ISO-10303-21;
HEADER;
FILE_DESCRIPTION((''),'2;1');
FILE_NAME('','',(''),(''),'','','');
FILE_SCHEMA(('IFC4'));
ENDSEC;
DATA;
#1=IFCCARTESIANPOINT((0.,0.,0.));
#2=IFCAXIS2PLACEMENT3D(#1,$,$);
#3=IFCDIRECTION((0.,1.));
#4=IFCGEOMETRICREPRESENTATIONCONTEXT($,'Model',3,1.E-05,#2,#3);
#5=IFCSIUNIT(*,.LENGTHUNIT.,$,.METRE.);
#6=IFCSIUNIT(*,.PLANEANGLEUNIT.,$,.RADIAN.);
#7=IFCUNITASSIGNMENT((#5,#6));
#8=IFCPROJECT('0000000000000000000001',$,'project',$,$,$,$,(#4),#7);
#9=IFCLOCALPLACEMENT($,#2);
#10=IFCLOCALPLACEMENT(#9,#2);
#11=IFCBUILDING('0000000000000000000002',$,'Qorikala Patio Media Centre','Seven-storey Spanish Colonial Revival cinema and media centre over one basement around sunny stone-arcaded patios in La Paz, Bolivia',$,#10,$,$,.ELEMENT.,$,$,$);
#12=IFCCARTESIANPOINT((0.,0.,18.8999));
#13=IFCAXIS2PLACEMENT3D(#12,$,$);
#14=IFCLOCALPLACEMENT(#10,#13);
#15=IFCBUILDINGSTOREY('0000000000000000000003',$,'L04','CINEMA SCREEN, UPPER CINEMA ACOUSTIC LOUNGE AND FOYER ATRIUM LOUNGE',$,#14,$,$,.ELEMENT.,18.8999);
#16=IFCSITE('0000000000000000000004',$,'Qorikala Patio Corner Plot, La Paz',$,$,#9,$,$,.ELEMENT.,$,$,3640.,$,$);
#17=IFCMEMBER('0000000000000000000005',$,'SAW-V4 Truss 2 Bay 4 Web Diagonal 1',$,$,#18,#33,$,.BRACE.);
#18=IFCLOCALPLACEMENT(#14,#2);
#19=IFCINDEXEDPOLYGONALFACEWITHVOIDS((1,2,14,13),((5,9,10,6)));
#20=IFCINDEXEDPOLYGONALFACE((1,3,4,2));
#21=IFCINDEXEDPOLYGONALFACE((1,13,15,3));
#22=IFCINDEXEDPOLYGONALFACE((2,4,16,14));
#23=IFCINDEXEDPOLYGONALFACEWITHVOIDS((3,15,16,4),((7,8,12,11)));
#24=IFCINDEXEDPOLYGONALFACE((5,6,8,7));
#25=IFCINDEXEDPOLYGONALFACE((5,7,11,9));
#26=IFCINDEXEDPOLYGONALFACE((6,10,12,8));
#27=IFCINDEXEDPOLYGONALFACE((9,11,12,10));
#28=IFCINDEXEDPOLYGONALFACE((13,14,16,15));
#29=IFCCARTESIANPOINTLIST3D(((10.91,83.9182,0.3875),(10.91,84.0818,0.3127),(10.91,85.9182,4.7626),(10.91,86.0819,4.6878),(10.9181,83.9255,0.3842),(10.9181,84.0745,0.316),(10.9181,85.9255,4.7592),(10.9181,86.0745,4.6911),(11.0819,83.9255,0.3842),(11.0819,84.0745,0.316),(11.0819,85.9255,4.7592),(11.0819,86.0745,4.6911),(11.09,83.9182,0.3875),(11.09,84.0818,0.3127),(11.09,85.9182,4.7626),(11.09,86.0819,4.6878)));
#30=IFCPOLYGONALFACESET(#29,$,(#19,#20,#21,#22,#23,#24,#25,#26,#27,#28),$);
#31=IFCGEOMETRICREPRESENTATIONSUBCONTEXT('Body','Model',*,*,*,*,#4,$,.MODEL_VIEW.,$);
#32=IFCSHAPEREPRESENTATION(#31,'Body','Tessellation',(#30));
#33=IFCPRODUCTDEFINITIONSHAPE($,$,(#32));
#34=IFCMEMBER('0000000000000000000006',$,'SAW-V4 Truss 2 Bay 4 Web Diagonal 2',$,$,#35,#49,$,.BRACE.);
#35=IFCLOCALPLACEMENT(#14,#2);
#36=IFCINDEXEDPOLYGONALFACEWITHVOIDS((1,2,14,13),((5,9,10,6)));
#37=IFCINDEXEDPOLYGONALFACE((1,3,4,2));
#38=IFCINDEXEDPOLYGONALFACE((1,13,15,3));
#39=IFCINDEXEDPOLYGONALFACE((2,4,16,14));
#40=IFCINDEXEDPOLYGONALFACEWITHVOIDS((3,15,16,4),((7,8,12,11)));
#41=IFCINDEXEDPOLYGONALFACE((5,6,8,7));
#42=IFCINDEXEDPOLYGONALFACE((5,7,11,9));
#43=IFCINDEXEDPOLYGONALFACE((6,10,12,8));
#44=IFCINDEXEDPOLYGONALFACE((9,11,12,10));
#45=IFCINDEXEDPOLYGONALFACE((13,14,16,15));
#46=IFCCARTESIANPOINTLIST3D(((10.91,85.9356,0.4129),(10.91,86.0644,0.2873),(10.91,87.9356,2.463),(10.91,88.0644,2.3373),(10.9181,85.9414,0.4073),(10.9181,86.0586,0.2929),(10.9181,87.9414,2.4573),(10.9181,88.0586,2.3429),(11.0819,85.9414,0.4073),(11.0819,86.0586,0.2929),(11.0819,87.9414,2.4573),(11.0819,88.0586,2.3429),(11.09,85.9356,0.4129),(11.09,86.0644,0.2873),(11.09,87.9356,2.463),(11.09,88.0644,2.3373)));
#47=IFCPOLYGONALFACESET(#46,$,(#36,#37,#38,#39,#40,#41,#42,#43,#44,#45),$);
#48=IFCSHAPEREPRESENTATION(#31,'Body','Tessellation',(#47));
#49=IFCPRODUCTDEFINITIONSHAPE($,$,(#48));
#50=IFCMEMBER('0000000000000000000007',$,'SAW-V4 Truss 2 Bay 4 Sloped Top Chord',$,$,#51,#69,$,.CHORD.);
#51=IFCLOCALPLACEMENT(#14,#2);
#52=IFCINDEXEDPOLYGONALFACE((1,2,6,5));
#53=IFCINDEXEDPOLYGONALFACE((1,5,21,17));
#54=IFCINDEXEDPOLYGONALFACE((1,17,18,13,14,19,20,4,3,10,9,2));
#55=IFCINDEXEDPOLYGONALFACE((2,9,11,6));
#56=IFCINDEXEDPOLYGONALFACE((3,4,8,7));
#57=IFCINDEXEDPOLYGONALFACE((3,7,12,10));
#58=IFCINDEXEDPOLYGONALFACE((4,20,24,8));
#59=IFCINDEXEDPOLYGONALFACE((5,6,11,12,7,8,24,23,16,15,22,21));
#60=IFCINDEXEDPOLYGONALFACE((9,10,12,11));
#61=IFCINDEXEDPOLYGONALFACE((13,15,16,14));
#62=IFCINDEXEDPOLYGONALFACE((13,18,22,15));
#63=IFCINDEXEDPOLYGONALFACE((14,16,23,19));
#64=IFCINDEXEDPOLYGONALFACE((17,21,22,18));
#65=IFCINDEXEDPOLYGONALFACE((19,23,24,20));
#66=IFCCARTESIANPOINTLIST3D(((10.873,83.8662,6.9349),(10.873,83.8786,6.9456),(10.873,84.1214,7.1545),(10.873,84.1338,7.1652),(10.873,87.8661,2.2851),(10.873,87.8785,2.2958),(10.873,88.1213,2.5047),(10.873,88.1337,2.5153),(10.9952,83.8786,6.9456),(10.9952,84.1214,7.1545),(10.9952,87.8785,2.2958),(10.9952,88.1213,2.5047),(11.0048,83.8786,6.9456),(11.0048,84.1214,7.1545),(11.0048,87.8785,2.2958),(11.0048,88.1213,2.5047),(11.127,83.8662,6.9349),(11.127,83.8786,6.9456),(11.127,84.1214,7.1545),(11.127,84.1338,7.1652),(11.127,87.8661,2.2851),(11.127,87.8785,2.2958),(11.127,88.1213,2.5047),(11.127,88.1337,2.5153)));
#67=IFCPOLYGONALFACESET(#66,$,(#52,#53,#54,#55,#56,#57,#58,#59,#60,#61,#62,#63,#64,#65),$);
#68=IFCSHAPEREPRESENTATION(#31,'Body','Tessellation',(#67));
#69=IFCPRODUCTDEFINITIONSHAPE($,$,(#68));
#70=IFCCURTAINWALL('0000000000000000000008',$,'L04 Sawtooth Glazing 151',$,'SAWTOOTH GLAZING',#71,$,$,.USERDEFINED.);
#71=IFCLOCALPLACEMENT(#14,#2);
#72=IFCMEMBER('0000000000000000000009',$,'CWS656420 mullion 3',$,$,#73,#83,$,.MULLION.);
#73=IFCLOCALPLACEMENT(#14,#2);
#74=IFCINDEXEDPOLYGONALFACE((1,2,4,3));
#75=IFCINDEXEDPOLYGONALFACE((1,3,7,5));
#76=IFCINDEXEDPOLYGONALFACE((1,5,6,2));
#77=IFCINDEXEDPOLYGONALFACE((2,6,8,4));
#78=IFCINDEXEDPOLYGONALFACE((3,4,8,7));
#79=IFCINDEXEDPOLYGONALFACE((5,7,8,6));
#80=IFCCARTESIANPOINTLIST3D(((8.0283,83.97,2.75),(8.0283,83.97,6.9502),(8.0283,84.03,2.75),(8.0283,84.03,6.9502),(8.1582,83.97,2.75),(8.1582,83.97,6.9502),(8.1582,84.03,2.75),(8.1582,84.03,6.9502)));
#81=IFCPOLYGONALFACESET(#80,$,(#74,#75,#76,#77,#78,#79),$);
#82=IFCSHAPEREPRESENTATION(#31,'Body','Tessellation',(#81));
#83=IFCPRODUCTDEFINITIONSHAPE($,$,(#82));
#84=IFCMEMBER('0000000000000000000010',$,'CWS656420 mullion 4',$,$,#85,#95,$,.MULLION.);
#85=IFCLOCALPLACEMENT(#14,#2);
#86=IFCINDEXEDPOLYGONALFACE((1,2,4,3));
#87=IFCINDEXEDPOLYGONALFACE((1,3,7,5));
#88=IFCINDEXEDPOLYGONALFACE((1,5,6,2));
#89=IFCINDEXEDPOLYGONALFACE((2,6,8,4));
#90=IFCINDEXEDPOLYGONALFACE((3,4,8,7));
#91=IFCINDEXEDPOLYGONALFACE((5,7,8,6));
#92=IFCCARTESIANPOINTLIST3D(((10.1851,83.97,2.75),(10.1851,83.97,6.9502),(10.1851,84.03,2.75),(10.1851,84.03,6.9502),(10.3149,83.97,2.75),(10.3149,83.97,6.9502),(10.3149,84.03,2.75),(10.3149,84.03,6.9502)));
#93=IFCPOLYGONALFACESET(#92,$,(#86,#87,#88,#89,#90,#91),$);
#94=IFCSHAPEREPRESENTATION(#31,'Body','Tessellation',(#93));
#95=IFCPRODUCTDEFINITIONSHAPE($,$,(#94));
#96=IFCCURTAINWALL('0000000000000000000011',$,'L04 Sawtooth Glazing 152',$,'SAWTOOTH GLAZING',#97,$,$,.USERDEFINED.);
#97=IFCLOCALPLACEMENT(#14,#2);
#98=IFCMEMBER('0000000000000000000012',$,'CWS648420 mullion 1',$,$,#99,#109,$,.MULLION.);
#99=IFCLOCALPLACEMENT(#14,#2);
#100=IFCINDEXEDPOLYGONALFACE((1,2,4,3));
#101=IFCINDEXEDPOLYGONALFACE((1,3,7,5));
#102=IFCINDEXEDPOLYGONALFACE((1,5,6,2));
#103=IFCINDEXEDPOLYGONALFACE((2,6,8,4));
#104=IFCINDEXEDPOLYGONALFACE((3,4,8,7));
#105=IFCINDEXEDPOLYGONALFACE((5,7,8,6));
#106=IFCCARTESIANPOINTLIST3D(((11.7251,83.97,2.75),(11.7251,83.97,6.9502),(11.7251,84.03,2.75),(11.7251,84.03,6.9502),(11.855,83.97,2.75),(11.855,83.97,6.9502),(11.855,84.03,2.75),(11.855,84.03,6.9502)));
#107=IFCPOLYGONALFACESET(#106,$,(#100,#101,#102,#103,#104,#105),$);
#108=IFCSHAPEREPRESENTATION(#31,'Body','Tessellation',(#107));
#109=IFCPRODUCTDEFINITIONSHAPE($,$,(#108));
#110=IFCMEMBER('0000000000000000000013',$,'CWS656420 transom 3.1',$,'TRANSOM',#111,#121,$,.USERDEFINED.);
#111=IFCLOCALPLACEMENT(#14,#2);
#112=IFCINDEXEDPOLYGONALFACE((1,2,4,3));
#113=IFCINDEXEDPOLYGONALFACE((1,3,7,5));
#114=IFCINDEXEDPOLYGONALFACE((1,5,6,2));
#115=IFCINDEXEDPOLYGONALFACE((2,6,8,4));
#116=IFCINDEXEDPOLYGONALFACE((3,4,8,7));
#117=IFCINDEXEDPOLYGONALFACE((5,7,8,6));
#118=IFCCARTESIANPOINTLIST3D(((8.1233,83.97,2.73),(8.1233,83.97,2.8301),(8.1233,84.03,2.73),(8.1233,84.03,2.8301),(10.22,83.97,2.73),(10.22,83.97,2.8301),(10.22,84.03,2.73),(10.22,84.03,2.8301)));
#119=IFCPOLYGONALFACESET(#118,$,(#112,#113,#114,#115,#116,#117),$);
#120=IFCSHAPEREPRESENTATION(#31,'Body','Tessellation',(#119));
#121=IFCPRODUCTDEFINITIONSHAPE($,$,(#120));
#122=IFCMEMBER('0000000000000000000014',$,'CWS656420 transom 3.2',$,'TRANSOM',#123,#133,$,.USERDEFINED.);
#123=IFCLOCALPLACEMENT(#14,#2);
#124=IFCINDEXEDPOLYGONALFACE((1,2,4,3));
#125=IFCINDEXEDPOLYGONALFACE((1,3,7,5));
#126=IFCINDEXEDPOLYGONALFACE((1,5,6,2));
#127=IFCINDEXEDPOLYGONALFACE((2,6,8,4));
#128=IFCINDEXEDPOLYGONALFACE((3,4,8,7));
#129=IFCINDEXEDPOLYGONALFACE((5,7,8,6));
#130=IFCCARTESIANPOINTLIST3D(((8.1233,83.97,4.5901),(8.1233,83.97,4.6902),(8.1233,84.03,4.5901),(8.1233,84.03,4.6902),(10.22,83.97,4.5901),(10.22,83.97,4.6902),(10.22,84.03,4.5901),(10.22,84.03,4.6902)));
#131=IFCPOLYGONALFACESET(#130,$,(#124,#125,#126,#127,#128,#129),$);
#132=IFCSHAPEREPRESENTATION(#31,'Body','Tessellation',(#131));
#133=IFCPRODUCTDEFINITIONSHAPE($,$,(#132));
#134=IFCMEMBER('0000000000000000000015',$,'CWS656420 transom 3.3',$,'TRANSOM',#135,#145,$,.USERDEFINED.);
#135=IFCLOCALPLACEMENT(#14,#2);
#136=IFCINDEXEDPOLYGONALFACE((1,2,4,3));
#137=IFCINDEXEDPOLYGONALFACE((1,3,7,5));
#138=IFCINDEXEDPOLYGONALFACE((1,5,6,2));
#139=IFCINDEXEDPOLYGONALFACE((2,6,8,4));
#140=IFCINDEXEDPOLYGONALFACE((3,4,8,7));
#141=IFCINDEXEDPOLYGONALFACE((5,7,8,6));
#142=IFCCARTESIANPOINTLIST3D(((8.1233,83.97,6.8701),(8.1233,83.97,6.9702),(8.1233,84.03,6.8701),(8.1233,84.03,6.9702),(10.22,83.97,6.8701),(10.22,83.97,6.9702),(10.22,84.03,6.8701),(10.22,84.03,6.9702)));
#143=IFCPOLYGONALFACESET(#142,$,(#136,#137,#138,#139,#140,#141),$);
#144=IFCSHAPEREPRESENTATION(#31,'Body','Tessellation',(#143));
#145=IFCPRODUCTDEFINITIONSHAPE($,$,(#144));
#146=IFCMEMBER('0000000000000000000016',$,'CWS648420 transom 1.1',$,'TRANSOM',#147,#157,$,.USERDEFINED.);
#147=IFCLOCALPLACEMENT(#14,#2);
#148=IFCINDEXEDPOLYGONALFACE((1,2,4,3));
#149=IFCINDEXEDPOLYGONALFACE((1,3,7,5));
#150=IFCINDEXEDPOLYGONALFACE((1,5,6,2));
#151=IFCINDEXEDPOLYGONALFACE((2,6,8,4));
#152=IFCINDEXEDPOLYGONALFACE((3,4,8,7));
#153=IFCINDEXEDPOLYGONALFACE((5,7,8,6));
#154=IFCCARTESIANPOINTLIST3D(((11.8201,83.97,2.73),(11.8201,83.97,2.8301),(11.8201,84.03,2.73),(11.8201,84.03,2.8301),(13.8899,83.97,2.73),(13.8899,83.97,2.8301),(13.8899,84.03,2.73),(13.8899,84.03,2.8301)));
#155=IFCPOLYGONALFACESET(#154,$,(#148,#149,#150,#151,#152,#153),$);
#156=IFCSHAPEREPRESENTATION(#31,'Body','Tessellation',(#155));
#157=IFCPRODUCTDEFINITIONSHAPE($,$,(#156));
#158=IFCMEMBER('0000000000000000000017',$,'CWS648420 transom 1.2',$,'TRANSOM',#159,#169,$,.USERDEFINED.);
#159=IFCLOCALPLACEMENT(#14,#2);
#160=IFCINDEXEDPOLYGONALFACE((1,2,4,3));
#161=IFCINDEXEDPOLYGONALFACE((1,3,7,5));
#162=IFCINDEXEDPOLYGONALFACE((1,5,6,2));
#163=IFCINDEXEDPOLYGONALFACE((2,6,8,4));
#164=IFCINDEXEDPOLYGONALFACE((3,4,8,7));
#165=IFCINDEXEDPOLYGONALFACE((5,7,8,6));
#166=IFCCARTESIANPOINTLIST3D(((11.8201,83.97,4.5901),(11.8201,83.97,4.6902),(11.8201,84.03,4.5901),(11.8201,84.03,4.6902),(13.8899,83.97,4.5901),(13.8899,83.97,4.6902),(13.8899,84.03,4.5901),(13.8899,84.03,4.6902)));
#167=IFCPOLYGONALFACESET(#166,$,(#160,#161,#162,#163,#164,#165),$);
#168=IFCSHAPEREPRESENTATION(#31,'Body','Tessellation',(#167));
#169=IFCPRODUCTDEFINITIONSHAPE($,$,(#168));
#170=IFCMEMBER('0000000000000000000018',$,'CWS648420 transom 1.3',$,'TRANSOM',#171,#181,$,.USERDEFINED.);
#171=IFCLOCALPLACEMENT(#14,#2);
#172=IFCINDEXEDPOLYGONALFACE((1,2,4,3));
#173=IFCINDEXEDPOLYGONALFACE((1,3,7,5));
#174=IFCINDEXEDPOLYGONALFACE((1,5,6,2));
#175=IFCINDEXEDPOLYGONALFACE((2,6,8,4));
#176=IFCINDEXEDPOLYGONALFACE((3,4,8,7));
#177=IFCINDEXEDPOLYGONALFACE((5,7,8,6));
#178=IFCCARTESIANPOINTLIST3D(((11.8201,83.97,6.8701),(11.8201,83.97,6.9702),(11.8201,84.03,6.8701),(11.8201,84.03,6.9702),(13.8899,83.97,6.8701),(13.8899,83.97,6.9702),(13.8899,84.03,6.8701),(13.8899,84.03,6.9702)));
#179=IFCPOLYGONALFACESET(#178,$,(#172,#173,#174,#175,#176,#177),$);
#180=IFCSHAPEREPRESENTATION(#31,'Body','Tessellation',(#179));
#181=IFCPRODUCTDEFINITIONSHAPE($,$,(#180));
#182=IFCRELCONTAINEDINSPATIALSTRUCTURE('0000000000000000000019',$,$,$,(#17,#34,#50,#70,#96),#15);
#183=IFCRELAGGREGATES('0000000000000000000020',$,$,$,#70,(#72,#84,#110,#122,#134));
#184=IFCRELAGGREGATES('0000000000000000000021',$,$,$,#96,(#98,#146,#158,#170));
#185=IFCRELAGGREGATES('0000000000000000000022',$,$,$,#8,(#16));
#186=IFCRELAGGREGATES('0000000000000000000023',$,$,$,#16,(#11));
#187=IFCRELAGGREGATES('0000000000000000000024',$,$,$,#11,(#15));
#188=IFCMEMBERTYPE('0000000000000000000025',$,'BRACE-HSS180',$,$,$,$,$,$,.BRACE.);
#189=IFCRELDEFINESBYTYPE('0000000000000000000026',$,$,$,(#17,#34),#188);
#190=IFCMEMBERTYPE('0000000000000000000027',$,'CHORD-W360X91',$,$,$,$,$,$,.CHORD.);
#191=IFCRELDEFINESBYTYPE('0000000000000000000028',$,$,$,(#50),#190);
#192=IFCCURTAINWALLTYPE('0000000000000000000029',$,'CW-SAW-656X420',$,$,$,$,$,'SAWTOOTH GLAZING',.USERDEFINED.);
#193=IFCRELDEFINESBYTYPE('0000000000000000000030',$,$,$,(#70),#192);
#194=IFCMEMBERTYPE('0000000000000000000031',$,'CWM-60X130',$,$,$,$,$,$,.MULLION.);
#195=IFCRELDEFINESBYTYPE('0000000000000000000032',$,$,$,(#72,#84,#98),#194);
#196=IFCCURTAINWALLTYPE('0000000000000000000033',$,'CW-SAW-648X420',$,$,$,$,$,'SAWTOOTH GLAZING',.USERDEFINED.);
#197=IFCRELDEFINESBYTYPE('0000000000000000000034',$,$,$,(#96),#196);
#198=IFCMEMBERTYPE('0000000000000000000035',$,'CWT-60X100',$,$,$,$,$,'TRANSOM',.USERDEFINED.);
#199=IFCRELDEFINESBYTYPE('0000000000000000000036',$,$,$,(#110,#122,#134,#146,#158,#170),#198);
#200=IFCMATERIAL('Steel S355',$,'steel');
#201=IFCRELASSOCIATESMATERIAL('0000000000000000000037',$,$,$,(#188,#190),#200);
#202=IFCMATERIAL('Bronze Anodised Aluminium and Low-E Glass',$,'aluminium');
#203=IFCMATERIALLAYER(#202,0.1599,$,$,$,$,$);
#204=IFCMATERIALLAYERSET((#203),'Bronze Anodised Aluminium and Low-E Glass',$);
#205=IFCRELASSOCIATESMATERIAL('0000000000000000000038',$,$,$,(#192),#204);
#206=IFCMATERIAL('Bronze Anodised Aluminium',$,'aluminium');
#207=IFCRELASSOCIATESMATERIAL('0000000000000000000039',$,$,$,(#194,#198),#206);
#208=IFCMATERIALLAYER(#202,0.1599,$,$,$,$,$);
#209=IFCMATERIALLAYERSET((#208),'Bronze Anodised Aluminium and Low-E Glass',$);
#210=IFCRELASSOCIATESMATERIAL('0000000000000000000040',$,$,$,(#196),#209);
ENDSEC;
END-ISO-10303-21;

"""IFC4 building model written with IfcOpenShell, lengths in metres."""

from ifc_helpers import new_model, si_unit, direction, frame, origin, origin_2d, place, context, subcontext, project, spatial, rectangle, hollow_rectangle, i_section, extrude, material, layer, layer_set, material_profile, profile_set, type_object, element, aggregate, save


model = new_model("IFC4")

# Units and contexts
model_context = context("Model", 3, precision=1e-05, world=origin(), true_north=direction((0.0, 1.0)))
body_context = subcontext(model_context, "Body", "Model", "MODEL_VIEW")
ifc_project = project(units=[si_unit("LENGTHUNIT", "METRE"), si_unit("PLANEANGLEUNIT", "RADIAN")], contexts=[model_context])

# Site, building, storey
site_placement = place(None, origin())
site = spatial("IfcSite", under=ifc_project, at=site_placement, Name="Qorikala Patio Corner Plot, La Paz", CompositionType="ELEMENT", RefElevation=3640.0)
building_placement = place(site_placement, origin())
building = spatial("IfcBuilding", under=site, at=building_placement, Name="Qorikala Patio Media Centre", Description="Seven-storey Spanish Colonial Revival cinema and media centre over one basement around sunny stone-arcaded patios in La Paz, Bolivia", CompositionType="ELEMENT")
storey_placement = place(building_placement, frame((0.0, 0.0, 18.8999)))
storey = spatial("IfcBuildingStorey", under=building, at=storey_placement, Name="L04", Description="CINEMA SCREEN, UPPER CINEMA ACOUSTIC LOUNGE AND FOYER ATRIUM LOUNGE", CompositionType="ELEMENT", Elevation=18.8999)

# Members
ifc_material_1 = material(Name="Steel S355", Category="steel")
ifc_material_profile_1 = material_profile(ifc_material_1, hollow_rectangle(XDim=0.1799, YDim=0.1799, WallThickness=0.0081, at=origin_2d()), Name="HSS180X180X8")
ifc_profile_set_1 = profile_set([ifc_material_profile_1], Name="Steel S355")
member_type_1 = type_object("IfcMemberType", Name="BRACE-HSS180", PredefinedType="BRACE", material=ifc_profile_set_1)
member_1_placement = place(storey_placement, frame((11.0, 84.0, 0.3501), z_axis=(0.0, 0.41576, 0.909474), x_axis=(-1.0, 0.0, 0.0)))
element("IfcMember", 1, at=member_1_placement, inside=storey, type_object=member_type_1, Name="SAW-V4 Truss 2 Bay 4 Web Diagonal 1", PredefinedType="BRACE", context=body_context, shape_type="SweptSolid", body=[
    extrude(hollow_rectangle(XDim=0.1799, YDim=0.1799, WallThickness=0.0081, at=origin_2d()), origin(), (0.0, 0.0, 1.0), 4.8105),
])
member_2_placement = place(storey_placement, frame((11.0, 86.0, 0.3501), z_axis=(0.0, 0.698315, 0.71579), x_axis=(-1.0, 0.0, 0.0)))
element("IfcMember", 2, at=member_2_placement, inside=storey, type_object=member_type_1, Name="SAW-V4 Truss 2 Bay 4 Web Diagonal 2", PredefinedType="BRACE", context=body_context, shape_type="SweptSolid", body=[
    extrude(hollow_rectangle(XDim=0.1799, YDim=0.1799, WallThickness=0.0081, at=origin_2d()), origin(), (0.0, 0.0, 1.0), 2.864),
])
ifc_material_profile_2 = material_profile(ifc_material_1, i_section(OverallWidth=0.2539, OverallDepth=0.353, WebThickness=0.0095, FlangeThickness=0.0164, at=origin_2d()), Name="W360X91")
ifc_profile_set_2 = profile_set([ifc_material_profile_2], Name="Steel S355")
member_type_2 = type_object("IfcMemberType", Name="CHORD-W360X91", PredefinedType="CHORD", material=ifc_profile_set_2)
member_3_placement = place(storey_placement, frame((11.0, 84.0, 7.05), z_axis=(0.0, 0.652141, -0.758098), x_axis=(-1.0, 0.0, 0.0)))
element("IfcMember", 3, at=member_3_placement, inside=storey, type_object=member_type_2, Name="SAW-V4 Truss 2 Bay 4 Sloped Top Chord", PredefinedType="CHORD", context=body_context, shape_type="SweptSolid", body=[
    extrude(i_section(OverallWidth=0.2539, OverallDepth=0.353, WebThickness=0.0095, FlangeThickness=0.0164, at=origin_2d()), origin(), (0.0, 0.0, 1.0), 6.1335),
])

# Curtain wall, members
ifc_material_2 = material(Name="Bronze Anodised Aluminium and Low-E Glass", Category="aluminium")
ifc_layer_1 = layer(ifc_material_2, 0.1599)
ifc_layer_set_1 = layer_set([ifc_layer_1], Name="Bronze Anodised Aluminium and Low-E Glass")
curtain_wall_type_1 = type_object("IfcCurtainWallType", Name="CW-SAW-656X420", ElementType="SAWTOOTH GLAZING", PredefinedType="USERDEFINED", material=ifc_layer_set_1)
curtain_wall_1_placement = place(storey_placement, origin())
curtain_wall_1 = element("IfcCurtainWall", 4, at=curtain_wall_1_placement, inside=storey, type_object=curtain_wall_type_1, Name="L04 Sawtooth Glazing 151", ObjectType="SAWTOOTH GLAZING", PredefinedType="USERDEFINED")
ifc_material_3 = material(Name="Bronze Anodised Aluminium", Category="aluminium")
ifc_material_profile_3 = material_profile(ifc_material_3, rectangle(XDim=0.0601, YDim=0.1299, at=origin_2d()), Name="ALU MULLION 60x130")
ifc_profile_set_3 = profile_set([ifc_material_profile_3], Name="Bronze Anodised Aluminium")
member_type_3 = type_object("IfcMemberType", Name="CWM-60X130", PredefinedType="MULLION", material=ifc_profile_set_3)
member_4_placement = place(storey_placement, frame((8.0933, 84.0, 2.75), z_axis=(0.0, 0.0, 1.0), x_axis=(0.0, 1.0, 0.0)))
member_4 = element("IfcMember", 5, at=member_4_placement, type_object=member_type_3, Name="CWS656420 mullion 3", PredefinedType="MULLION", context=body_context, shape_type="SweptSolid", body=[
    extrude(rectangle(XDim=0.0601, YDim=0.1299, at=origin_2d()), origin(), (0.0, 0.0, 1.0), 4.2002),
])
member_5_placement = place(storey_placement, frame((10.25, 84.0, 2.75), z_axis=(0.0, 0.0, 1.0), x_axis=(0.0, 1.0, 0.0)))
member_5 = element("IfcMember", 6, at=member_5_placement, type_object=member_type_3, Name="CWS656420 mullion 4", PredefinedType="MULLION", context=body_context, shape_type="SweptSolid", body=[
    extrude(rectangle(XDim=0.0601, YDim=0.1299, at=origin_2d()), origin(), (0.0, 0.0, 1.0), 4.2002),
])

# Curtain wall, member
ifc_layer_2 = layer(ifc_material_2, 0.1599)
ifc_layer_set_2 = layer_set([ifc_layer_2], Name="Bronze Anodised Aluminium and Low-E Glass")
curtain_wall_type_2 = type_object("IfcCurtainWallType", Name="CW-SAW-648X420", ElementType="SAWTOOTH GLAZING", PredefinedType="USERDEFINED", material=ifc_layer_set_2)
curtain_wall_2_placement = place(storey_placement, origin())
curtain_wall_2 = element("IfcCurtainWall", 7, at=curtain_wall_2_placement, inside=storey, type_object=curtain_wall_type_2, Name="L04 Sawtooth Glazing 152", ObjectType="SAWTOOTH GLAZING", PredefinedType="USERDEFINED")
member_6_placement = place(storey_placement, frame((11.79, 84.0, 2.75), z_axis=(0.0, 0.0, 1.0), x_axis=(0.0, 1.0, 0.0)))
member_6 = element("IfcMember", 8, at=member_6_placement, type_object=member_type_3, Name="CWS648420 mullion 1", PredefinedType="MULLION", context=body_context, shape_type="SweptSolid", body=[
    extrude(rectangle(XDim=0.0601, YDim=0.1299, at=origin_2d()), origin(), (0.0, 0.0, 1.0), 4.2002),
])

# Members
ifc_material_profile_4 = material_profile(ifc_material_3, rectangle(XDim=0.0601, YDim=0.1001, at=origin_2d()), Name="ALU TRANSOM 60x100")
ifc_profile_set_4 = profile_set([ifc_material_profile_4], Name="Bronze Anodised Aluminium")
member_type_4 = type_object("IfcMemberType", Name="CWT-60X100", ElementType="TRANSOM", PredefinedType="USERDEFINED", material=ifc_profile_set_4)
member_7_placement = place(storey_placement, frame((8.1233, 84.0, 2.78), z_axis=(1.0, 0.0, 0.0), x_axis=(0.0, 1.0, 0.0)))
member_7 = element("IfcMember", 9, at=member_7_placement, type_object=member_type_4, Name="CWS656420 transom 3.1", ObjectType="TRANSOM", PredefinedType="USERDEFINED", context=body_context, shape_type="SweptSolid", body=[
    extrude(rectangle(XDim=0.0601, YDim=0.1001, at=origin_2d()), origin(), (0.0, 0.0, 1.0), 2.0967),
])
member_8_placement = place(storey_placement, frame((8.1233, 84.0, 4.6401), z_axis=(1.0, 0.0, 0.0), x_axis=(0.0, 1.0, 0.0)))
member_8 = element("IfcMember", 10, at=member_8_placement, type_object=member_type_4, Name="CWS656420 transom 3.2", ObjectType="TRANSOM", PredefinedType="USERDEFINED", context=body_context, shape_type="SweptSolid", body=[
    extrude(rectangle(XDim=0.0601, YDim=0.1001, at=origin_2d()), origin(), (0.0, 0.0, 1.0), 2.0967),
])
member_9_placement = place(storey_placement, frame((8.1233, 84.0, 6.9202), z_axis=(1.0, 0.0, 0.0), x_axis=(0.0, 1.0, 0.0)))
member_9 = element("IfcMember", 11, at=member_9_placement, type_object=member_type_4, Name="CWS656420 transom 3.3", ObjectType="TRANSOM", PredefinedType="USERDEFINED", context=body_context, shape_type="SweptSolid", body=[
    extrude(rectangle(XDim=0.0601, YDim=0.1001, at=origin_2d()), origin(), (0.0, 0.0, 1.0), 2.0967),
])
member_10_placement = place(storey_placement, frame((11.8201, 84.0, 2.78), z_axis=(1.0, 0.0, 0.0), x_axis=(0.0, 1.0, 0.0)))
member_10 = element("IfcMember", 12, at=member_10_placement, type_object=member_type_4, Name="CWS648420 transom 1.1", ObjectType="TRANSOM", PredefinedType="USERDEFINED", context=body_context, shape_type="SweptSolid", body=[
    extrude(rectangle(XDim=0.0601, YDim=0.1001, at=origin_2d()), origin(), (0.0, 0.0, 1.0), 2.0698),
])
member_11_placement = place(storey_placement, frame((11.8201, 84.0, 4.6401), z_axis=(1.0, 0.0, 0.0), x_axis=(0.0, 1.0, 0.0)))
member_11 = element("IfcMember", 13, at=member_11_placement, type_object=member_type_4, Name="CWS648420 transom 1.2", ObjectType="TRANSOM", PredefinedType="USERDEFINED", context=body_context, shape_type="SweptSolid", body=[
    extrude(rectangle(XDim=0.0601, YDim=0.1001, at=origin_2d()), origin(), (0.0, 0.0, 1.0), 2.0698),
])
member_12_placement = place(storey_placement, frame((11.8201, 84.0, 6.9202), z_axis=(1.0, 0.0, 0.0), x_axis=(0.0, 1.0, 0.0)))
member_12 = element("IfcMember", 14, at=member_12_placement, type_object=member_type_4, Name="CWS648420 transom 1.3", ObjectType="TRANSOM", PredefinedType="USERDEFINED", context=body_context, shape_type="SweptSolid", body=[
    extrude(rectangle(XDim=0.0601, YDim=0.1001, at=origin_2d()), origin(), (0.0, 0.0, 1.0), 2.0698),
])

aggregate(curtain_wall_1, [member_4, member_5, member_7, member_8, member_9])
aggregate(curtain_wall_2, [member_6, member_10, member_11, member_12])

save(model, "model.ifc")
